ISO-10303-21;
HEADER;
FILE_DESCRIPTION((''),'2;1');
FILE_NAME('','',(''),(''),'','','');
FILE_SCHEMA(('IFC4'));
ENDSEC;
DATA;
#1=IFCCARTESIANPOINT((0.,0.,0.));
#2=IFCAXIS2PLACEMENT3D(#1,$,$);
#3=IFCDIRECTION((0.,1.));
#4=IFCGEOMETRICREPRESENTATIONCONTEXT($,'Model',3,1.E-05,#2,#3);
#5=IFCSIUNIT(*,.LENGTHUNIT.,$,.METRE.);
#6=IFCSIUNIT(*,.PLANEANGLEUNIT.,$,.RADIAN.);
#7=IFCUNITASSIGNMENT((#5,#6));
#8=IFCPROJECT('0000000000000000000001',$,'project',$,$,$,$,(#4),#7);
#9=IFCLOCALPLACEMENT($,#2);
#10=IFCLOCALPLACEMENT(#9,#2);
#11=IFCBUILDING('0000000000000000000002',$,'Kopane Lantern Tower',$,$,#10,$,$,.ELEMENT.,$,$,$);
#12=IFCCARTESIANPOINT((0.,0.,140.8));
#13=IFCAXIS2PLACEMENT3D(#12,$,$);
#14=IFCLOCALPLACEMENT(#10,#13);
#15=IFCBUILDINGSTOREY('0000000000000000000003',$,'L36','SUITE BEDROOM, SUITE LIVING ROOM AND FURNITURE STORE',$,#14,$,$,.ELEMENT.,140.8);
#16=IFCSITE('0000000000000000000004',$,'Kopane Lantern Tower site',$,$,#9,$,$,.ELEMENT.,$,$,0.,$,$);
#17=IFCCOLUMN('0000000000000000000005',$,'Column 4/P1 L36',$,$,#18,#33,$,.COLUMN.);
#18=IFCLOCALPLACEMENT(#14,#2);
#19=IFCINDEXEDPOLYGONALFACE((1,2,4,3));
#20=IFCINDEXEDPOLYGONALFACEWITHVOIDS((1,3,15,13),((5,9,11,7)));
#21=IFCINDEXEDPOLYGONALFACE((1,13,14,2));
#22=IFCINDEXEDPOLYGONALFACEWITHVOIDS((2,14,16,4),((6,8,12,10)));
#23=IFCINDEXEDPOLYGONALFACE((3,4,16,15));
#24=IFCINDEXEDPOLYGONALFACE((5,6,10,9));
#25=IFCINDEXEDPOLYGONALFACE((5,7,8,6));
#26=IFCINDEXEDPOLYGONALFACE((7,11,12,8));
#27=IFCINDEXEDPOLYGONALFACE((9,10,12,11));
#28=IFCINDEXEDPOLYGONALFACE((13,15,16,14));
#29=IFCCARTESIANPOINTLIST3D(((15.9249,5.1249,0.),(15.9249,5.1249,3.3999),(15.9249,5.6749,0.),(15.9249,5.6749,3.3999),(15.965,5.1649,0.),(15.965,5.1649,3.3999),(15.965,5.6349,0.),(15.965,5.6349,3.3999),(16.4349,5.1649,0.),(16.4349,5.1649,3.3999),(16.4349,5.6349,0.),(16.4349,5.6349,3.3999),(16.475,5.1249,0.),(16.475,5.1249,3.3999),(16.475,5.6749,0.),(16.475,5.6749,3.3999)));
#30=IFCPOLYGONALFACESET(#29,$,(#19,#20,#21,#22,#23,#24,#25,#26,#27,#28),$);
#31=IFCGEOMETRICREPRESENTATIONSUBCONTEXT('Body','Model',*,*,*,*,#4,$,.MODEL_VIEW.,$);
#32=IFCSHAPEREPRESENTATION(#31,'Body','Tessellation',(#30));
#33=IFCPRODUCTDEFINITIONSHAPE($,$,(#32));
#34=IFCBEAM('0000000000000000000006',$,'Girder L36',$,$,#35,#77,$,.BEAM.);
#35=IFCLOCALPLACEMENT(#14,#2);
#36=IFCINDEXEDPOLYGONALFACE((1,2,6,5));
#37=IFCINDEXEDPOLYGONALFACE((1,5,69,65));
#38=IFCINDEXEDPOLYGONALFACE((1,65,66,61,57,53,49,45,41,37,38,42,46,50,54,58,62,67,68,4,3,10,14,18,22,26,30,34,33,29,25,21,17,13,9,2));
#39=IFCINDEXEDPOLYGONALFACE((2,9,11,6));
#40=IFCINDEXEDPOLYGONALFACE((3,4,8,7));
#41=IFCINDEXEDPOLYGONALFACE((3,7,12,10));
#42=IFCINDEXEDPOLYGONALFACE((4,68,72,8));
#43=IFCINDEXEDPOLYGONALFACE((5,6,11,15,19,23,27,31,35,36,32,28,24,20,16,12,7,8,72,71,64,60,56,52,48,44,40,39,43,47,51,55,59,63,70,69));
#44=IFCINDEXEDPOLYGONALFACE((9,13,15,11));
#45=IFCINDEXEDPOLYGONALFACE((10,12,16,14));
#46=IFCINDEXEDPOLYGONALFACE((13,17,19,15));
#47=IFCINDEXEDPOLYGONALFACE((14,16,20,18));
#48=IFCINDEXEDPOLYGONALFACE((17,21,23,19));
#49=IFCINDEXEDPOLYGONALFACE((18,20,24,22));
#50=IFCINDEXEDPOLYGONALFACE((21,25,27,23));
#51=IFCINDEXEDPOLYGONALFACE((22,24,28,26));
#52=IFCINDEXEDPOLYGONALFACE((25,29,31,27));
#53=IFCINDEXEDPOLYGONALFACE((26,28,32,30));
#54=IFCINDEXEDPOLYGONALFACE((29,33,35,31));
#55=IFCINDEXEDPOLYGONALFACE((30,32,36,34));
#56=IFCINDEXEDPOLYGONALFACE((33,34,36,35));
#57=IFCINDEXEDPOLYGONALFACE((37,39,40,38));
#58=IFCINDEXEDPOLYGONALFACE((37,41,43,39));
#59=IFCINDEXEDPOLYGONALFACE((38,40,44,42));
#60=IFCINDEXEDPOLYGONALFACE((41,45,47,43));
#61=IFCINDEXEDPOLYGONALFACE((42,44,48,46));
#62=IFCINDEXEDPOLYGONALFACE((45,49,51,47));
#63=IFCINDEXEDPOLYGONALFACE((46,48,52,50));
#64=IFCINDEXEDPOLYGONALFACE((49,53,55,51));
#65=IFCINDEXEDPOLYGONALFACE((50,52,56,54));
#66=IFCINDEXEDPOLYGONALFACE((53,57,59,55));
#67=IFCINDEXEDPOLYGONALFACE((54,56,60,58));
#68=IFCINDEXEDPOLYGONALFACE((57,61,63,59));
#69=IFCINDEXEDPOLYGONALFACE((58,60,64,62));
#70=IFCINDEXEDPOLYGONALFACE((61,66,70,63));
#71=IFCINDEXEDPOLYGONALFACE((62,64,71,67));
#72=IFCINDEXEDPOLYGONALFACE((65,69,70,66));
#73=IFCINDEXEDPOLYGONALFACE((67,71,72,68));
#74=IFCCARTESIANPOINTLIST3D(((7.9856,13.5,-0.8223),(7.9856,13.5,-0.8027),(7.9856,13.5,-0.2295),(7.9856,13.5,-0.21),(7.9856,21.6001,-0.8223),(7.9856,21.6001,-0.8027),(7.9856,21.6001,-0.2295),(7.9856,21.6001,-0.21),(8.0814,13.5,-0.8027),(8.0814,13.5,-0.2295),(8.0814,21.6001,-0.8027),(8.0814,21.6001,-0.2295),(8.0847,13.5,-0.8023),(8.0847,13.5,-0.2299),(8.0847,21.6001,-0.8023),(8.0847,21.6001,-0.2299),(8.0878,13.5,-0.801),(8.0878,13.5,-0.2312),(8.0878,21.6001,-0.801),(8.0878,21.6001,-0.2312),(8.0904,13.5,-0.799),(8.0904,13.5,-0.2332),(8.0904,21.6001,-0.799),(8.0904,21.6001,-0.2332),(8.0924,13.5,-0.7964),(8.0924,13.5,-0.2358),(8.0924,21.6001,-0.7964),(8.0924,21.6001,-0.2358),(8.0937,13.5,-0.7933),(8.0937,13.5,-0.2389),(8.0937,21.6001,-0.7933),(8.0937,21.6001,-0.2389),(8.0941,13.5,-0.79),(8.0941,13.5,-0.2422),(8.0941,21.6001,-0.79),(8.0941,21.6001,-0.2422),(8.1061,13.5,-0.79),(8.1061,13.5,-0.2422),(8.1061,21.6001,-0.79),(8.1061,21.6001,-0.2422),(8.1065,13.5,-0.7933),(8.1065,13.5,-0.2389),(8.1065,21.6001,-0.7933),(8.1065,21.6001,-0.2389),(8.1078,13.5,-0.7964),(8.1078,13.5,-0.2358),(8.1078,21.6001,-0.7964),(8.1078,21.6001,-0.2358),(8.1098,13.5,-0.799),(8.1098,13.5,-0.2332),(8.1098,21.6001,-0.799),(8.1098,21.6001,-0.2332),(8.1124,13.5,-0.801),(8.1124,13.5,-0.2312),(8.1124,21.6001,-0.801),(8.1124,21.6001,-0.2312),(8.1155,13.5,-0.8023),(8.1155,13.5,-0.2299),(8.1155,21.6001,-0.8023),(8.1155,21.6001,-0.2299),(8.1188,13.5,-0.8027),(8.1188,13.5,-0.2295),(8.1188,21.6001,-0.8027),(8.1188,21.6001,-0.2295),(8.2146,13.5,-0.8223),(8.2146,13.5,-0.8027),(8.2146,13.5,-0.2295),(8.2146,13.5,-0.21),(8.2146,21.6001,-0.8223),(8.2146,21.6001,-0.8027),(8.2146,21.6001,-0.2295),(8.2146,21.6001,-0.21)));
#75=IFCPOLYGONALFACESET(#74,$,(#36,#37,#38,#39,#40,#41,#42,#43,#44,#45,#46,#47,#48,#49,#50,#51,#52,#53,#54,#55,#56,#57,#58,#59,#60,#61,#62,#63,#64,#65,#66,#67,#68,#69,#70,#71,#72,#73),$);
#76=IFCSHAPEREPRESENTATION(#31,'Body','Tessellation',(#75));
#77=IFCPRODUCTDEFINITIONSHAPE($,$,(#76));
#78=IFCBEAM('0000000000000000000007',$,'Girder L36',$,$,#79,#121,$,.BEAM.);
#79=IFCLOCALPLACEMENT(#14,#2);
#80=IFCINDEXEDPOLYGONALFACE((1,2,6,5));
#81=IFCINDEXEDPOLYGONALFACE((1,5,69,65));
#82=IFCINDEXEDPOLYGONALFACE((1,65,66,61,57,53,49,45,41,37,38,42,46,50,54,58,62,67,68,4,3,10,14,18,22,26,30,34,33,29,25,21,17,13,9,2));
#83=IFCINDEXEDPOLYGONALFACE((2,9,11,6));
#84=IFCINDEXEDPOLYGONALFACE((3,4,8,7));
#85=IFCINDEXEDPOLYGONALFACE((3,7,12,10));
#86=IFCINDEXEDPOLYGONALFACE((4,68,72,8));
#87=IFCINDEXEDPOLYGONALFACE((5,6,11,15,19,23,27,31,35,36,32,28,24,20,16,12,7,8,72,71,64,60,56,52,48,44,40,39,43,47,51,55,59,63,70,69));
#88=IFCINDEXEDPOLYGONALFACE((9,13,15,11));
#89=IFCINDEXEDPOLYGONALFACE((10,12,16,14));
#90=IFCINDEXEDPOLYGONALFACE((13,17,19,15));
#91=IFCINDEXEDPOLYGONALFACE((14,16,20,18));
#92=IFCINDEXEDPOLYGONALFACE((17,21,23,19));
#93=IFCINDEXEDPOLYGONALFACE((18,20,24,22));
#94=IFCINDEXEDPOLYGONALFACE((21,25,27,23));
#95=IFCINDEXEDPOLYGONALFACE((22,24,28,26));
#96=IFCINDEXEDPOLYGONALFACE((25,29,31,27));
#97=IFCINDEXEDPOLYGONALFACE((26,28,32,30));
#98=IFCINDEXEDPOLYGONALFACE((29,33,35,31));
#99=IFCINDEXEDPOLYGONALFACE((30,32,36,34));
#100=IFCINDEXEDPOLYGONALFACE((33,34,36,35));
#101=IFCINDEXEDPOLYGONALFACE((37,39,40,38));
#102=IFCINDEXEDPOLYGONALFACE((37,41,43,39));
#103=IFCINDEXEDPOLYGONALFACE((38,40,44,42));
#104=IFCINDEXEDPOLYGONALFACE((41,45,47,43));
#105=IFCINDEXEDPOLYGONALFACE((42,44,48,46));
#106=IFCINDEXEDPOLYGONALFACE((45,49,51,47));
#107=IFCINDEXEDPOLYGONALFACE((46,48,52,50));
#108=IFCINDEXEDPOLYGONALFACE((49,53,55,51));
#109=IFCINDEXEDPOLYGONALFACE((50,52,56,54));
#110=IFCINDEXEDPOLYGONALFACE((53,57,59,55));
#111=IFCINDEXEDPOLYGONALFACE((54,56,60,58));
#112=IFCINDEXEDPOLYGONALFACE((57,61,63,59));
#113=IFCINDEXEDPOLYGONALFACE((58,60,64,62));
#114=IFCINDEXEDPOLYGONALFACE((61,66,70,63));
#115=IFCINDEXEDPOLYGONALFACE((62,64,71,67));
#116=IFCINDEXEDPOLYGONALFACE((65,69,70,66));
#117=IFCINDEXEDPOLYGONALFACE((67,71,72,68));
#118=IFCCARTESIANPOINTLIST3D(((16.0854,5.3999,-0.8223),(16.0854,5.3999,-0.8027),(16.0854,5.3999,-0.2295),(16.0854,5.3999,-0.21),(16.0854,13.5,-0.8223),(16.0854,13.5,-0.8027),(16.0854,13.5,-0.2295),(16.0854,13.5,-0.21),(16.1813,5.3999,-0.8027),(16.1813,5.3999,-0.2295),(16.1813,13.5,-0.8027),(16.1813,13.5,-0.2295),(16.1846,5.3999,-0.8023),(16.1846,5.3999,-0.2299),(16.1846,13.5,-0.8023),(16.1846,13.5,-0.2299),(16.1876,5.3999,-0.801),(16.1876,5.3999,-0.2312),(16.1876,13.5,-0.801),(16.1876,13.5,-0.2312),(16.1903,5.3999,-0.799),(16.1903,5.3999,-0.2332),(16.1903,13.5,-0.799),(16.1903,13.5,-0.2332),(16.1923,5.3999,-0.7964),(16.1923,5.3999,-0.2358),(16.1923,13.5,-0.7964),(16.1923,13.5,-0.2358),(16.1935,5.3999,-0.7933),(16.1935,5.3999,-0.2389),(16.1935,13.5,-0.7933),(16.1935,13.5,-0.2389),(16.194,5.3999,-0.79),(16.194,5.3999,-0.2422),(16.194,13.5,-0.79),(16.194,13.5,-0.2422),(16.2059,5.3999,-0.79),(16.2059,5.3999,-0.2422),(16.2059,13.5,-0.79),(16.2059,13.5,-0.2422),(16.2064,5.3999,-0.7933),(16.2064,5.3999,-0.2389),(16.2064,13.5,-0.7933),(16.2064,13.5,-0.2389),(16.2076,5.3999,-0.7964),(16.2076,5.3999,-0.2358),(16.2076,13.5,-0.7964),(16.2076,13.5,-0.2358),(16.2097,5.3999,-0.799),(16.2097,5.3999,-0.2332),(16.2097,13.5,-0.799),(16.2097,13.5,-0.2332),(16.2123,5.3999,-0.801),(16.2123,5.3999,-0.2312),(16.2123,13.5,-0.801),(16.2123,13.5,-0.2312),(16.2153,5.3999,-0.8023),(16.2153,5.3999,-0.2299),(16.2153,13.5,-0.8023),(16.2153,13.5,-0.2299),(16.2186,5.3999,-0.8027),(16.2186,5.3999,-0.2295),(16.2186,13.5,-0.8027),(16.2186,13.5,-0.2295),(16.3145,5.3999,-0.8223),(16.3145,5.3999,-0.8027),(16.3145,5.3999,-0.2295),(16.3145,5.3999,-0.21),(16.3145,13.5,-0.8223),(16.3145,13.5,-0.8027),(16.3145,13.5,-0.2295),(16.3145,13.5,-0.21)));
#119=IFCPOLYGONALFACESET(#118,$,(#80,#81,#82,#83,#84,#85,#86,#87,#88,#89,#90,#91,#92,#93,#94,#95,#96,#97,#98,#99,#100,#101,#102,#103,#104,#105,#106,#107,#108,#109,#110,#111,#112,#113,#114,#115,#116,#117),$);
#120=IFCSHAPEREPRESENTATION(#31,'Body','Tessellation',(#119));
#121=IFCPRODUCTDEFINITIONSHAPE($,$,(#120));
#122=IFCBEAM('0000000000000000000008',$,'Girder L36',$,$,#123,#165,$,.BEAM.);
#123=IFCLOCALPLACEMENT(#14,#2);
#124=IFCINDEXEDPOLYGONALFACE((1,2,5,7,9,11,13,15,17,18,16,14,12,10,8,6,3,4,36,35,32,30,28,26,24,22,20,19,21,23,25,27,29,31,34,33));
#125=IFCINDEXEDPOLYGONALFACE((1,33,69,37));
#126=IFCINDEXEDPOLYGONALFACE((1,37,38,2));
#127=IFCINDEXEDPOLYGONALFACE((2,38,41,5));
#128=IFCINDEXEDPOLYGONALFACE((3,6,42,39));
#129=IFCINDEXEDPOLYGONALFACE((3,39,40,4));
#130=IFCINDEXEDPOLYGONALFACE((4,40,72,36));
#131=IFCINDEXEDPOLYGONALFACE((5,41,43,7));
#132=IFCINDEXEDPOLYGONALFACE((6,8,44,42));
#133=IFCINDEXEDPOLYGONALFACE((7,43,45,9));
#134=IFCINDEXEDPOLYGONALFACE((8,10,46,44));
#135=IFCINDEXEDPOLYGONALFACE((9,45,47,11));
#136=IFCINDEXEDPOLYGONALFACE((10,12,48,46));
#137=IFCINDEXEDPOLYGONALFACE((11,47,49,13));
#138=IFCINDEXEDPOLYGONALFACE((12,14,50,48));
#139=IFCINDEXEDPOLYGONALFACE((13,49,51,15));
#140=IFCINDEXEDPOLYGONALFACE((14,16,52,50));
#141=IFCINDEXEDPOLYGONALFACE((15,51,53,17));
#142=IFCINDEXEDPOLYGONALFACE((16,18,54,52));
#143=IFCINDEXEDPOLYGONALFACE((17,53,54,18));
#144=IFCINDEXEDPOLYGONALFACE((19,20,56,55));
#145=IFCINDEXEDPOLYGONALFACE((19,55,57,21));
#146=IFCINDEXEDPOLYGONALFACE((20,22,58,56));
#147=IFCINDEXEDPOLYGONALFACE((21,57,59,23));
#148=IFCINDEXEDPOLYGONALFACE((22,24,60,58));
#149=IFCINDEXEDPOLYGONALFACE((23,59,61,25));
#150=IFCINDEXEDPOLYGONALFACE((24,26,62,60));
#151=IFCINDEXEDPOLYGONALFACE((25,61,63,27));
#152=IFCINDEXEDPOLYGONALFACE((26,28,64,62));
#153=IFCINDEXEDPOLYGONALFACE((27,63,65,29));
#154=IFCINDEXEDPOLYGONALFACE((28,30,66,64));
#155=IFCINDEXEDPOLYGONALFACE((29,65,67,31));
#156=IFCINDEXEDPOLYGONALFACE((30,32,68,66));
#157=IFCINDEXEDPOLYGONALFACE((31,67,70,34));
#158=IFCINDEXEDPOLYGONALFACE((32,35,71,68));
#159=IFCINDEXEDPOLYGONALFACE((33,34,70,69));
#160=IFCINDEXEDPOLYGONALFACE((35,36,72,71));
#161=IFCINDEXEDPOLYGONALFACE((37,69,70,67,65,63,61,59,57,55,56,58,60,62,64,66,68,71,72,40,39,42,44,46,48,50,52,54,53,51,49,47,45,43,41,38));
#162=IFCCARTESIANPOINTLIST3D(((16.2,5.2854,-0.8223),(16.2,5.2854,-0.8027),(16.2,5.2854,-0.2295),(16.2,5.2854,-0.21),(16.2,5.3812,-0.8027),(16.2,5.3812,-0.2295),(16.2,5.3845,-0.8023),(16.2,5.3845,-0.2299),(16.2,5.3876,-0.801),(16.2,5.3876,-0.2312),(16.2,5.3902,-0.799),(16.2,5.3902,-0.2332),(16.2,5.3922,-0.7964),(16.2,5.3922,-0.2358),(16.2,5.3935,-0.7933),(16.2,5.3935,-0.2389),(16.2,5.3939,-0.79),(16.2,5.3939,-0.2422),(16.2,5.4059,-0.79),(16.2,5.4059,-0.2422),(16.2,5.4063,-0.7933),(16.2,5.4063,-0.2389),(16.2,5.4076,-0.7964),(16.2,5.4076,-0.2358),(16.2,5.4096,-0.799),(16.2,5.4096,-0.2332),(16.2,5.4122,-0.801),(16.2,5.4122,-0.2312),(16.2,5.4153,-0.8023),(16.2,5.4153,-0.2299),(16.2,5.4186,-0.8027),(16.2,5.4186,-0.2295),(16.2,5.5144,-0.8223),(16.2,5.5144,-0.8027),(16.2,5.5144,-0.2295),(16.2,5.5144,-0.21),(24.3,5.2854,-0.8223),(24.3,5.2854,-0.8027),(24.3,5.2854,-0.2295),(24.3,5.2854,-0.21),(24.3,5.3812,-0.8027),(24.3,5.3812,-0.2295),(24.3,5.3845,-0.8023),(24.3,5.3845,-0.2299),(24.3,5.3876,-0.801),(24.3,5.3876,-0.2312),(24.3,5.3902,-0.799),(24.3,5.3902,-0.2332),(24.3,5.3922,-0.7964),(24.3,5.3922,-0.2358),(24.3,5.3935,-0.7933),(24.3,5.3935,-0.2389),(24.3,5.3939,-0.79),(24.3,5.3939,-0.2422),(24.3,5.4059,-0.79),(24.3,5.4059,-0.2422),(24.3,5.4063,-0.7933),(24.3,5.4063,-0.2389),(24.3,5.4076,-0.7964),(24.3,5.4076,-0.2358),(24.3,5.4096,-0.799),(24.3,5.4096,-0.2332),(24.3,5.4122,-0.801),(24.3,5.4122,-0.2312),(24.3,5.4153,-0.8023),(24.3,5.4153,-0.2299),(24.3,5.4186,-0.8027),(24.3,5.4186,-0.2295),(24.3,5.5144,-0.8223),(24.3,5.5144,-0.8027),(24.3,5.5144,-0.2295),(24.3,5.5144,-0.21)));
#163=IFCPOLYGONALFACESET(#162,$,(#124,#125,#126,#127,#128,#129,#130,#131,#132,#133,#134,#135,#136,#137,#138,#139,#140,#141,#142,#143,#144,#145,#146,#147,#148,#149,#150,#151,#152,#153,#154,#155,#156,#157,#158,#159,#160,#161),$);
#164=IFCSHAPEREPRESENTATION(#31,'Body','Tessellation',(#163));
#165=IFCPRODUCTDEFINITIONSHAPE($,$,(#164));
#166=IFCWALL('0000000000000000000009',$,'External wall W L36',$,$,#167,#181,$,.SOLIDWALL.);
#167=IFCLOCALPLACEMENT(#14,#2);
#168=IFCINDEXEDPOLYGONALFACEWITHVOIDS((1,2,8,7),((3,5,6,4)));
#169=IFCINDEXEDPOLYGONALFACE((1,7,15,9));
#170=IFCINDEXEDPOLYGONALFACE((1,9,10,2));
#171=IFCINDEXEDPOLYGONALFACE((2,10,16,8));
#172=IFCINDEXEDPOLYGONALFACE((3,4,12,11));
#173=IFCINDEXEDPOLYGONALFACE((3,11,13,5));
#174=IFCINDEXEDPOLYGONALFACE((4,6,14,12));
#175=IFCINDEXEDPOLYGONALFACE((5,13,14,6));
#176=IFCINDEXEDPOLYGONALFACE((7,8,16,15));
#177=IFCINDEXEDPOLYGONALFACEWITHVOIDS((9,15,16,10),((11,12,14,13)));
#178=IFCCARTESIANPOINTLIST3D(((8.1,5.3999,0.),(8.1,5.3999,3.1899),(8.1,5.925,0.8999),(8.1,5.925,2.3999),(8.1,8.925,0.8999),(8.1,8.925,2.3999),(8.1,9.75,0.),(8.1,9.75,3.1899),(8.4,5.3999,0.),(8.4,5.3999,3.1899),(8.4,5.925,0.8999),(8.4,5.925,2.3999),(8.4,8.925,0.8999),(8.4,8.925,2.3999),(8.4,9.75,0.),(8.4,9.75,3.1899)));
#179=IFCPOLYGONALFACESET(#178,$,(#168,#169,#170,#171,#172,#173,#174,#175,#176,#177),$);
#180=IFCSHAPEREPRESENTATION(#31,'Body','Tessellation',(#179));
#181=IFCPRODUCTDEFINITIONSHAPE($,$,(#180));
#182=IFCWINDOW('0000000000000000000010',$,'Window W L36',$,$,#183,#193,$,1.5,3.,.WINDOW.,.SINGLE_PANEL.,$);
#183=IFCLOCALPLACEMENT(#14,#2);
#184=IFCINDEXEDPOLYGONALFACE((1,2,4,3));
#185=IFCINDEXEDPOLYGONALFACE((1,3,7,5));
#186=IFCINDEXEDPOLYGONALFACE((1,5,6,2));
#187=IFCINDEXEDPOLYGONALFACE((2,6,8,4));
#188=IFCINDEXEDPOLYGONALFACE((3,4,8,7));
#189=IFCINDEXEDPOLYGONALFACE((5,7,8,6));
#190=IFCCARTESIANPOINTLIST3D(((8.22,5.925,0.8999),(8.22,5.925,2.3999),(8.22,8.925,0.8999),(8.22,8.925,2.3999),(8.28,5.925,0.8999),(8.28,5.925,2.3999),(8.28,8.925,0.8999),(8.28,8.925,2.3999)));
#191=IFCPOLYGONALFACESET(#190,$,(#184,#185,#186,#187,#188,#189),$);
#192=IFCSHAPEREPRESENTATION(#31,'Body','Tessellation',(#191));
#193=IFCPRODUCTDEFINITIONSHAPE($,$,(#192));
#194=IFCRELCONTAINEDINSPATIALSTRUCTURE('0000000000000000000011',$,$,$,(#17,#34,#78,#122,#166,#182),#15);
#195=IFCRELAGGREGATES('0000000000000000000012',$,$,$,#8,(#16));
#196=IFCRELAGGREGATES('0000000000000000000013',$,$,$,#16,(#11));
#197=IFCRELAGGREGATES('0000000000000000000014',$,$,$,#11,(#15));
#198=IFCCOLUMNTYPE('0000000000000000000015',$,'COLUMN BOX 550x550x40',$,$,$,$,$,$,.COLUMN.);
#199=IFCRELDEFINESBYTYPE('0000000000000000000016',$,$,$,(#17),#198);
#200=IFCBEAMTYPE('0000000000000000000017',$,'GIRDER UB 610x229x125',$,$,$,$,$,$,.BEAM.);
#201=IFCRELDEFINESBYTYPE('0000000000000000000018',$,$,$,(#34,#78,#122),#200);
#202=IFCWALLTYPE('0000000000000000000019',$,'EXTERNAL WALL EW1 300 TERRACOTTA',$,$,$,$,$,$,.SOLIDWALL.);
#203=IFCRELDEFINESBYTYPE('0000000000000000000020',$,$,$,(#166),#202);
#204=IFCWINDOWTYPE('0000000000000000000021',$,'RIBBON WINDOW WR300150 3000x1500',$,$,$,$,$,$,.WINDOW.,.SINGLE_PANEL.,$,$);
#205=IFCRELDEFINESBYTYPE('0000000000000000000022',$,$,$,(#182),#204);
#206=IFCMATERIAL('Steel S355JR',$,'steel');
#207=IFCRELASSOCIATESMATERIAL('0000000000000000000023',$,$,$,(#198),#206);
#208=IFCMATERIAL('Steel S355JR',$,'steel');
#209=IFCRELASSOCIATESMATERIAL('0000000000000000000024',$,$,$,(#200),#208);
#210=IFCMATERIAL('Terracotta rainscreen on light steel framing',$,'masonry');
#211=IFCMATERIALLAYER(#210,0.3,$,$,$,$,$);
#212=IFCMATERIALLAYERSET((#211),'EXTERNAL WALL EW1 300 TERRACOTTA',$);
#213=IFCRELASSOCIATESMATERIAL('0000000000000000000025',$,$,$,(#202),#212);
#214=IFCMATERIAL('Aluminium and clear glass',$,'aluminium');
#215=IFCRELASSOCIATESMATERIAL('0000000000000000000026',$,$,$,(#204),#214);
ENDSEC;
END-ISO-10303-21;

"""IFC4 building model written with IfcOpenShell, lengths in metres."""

from ifc_helpers import new_model, si_unit, direction, frame, frame_2d, origin, origin_2d, place, context, subcontext, project, spatial, rectangle, hollow_rectangle, i_section, extrude, material, layer, layer_set, material_profile, profile_set, type_object, element, fill, save


model = new_model("IFC4")

# Units and contexts
model_context = context("Model", 3, precision=1e-05, world=origin(), true_north=direction((0.0, 1.0)))
body_context = subcontext(model_context, "Body", "Model", "MODEL_VIEW")
ifc_project = project(units=[si_unit("LENGTHUNIT", "METRE"), si_unit("PLANEANGLEUNIT", "RADIAN")], contexts=[model_context])

# Site, building, storey
site_placement = place(None, origin())
site = spatial("IfcSite", under=ifc_project, at=site_placement, Name="Kopane Lantern Tower site", CompositionType="ELEMENT", RefElevation=0.0)
building_placement = place(site_placement, origin())
building = spatial("IfcBuilding", under=site, at=building_placement, Name="Kopane Lantern Tower", CompositionType="ELEMENT")
storey_placement = place(building_placement, frame((0.0, 0.0, 140.8)))
storey = spatial("IfcBuildingStorey", under=building, at=storey_placement, Name="L36", Description="SUITE BEDROOM, SUITE LIVING ROOM AND FURNITURE STORE", CompositionType="ELEMENT", Elevation=140.8)

# Column
ifc_material_1 = material(Name="Steel S355JR", Category="steel")
ifc_material_profile_1 = material_profile(ifc_material_1, hollow_rectangle(XDim=0.55, YDim=0.55, WallThickness=0.04, at=origin_2d()), Name="BOX 550x550x40")
ifc_profile_set_1 = profile_set([ifc_material_profile_1], Name="Steel S355JR")
column_type = type_object("IfcColumnType", Name="COLUMN BOX 550x550x40", PredefinedType="COLUMN", material=ifc_profile_set_1)
column_placement = place(storey_placement, frame((16.2, 5.3999, 0.0), z_axis=(0.0, 0.0, 1.0), x_axis=(1.0, 0.0, 0.0)))
element("IfcColumn", 1, at=column_placement, inside=storey, type_object=column_type, Name="Column 4/P1 L36", PredefinedType="COLUMN", context=body_context, shape_type="SweptSolid", body=[
    extrude(hollow_rectangle(XDim=0.55, YDim=0.55, WallThickness=0.04, at=origin_2d()), origin(), (0.0, 0.0, 1.0), 3.3999),
])

# Beams
ifc_material_2 = material(Name="Steel S355JR", Category="steel")
ifc_material_profile_2 = material_profile(ifc_material_2, i_section(OverallWidth=0.229, OverallDepth=0.6123, WebThickness=0.012, FlangeThickness=0.0195, FilletRadius=0.0127, at=origin_2d()), Name="UB 610x229x125")
ifc_profile_set_2 = profile_set([ifc_material_profile_2], Name="Steel S355JR")
beam_type = type_object("IfcBeamType", Name="GIRDER UB 610x229x125", PredefinedType="BEAM", material=ifc_profile_set_2)
for number, where, z_axis, x_axis, name in (
    (2, (8.1001, 13.5, -0.5161), (0.0, 1.0, 0.0), (-1.0, 0.0, 0.0), "Girder L36"),
    (3, (16.2, 5.3999, -0.5161), (0.0, 1.0, 0.0), (-1.0, 0.0, 0.0), "Girder L36"),
    (4, (16.2, 5.3999, -0.5161), (1.0, 0.0, 0.0), (0.0, 1.0, 0.0), "Girder L36"),
):
    element("IfcBeam", number, at=place(storey_placement, frame(where, z_axis=z_axis, x_axis=x_axis)), inside=storey, type_object=beam_type, Name=name, PredefinedType="BEAM", context=body_context, shape_type="SweptSolid", body=[
        extrude(i_section(OverallWidth=0.229, OverallDepth=0.6123, WebThickness=0.012, FlangeThickness=0.0195, FilletRadius=0.0127, at=origin_2d()), origin(), (0.0, 0.0, 1.0), 8.1001),
    ])

# Shared definitions
ifc_material_3 = material(Name="Terracotta rainscreen on light steel framing", Category="masonry")
ifc_layer = layer(ifc_material_3, 0.3)
ifc_layer_set = layer_set([ifc_layer], Name="EXTERNAL WALL EW1 300 TERRACOTTA")
wall_type = type_object("IfcWallType", Name="EXTERNAL WALL EW1 300 TERRACOTTA", PredefinedType="SOLIDWALL", material=ifc_layer_set)

# Wall, opening, window
wall_1_placement = place(storey_placement, frame((8.25, 9.75, 0.0), z_axis=(0.0, 0.0, 1.0), x_axis=(0.0, -1.0, 0.0)))
wall_1 = element("IfcWall", 5, at=wall_1_placement, inside=storey, type_object=wall_type, Name="External wall W L36", PredefinedType="SOLIDWALL", context=body_context, shape_type="SweptSolid", body=[
    extrude(rectangle(XDim=4.3501, YDim=0.3, at=frame_2d((2.175, 0.0))), origin(), (0.0, 0.0, 1.0), 3.1899),
])
opening_1_placement = place(wall_1_placement, frame((0.825, 0.0, 0.8999)))
opening_1 = element("IfcOpeningElement", 6, at=opening_1_placement, cuts=wall_1, PredefinedType="OPENING", context=body_context, shape_type="SweptSolid", body=[
    extrude(rectangle(XDim=3.0, YDim=1.5, at=frame_2d((1.5, 0.75))), frame((0.0, 0.1599, 0.0), z_axis=(0.0, -1.0, 0.0), x_axis=(1.0, 0.0, 0.0)), (0.0, 0.0, 1.0), 0.3201),
])
ifc_material_4 = material(Name="Aluminium and clear glass", Category="aluminium")
window_type_1 = type_object("IfcWindowType", Name="RIBBON WINDOW WR300150 3000x1500", PartitioningType="SINGLE_PANEL", PredefinedType="WINDOW", material=ifc_material_4)
window_1_placement = place(opening_1_placement, origin())
window_1 = element("IfcWindow", 7, at=window_1_placement, inside=storey, type_object=window_type_1, Name="Window W L36", OverallHeight=1.5, OverallWidth=3.0, PartitioningType="SINGLE_PANEL", PredefinedType="WINDOW", context=body_context, shape_type="SweptSolid", body=[
    extrude(rectangle(XDim=3.0, YDim=1.5, at=frame_2d((1.5, 0.75))), frame((0.0, 0.03, 0.0), z_axis=(0.0, -1.0, 0.0), x_axis=(1.0, 0.0, 0.0)), (0.0, 0.0, 1.0), 0.0601),
])
fill(opening_1, window_1)

save(model, "model.ifc")
